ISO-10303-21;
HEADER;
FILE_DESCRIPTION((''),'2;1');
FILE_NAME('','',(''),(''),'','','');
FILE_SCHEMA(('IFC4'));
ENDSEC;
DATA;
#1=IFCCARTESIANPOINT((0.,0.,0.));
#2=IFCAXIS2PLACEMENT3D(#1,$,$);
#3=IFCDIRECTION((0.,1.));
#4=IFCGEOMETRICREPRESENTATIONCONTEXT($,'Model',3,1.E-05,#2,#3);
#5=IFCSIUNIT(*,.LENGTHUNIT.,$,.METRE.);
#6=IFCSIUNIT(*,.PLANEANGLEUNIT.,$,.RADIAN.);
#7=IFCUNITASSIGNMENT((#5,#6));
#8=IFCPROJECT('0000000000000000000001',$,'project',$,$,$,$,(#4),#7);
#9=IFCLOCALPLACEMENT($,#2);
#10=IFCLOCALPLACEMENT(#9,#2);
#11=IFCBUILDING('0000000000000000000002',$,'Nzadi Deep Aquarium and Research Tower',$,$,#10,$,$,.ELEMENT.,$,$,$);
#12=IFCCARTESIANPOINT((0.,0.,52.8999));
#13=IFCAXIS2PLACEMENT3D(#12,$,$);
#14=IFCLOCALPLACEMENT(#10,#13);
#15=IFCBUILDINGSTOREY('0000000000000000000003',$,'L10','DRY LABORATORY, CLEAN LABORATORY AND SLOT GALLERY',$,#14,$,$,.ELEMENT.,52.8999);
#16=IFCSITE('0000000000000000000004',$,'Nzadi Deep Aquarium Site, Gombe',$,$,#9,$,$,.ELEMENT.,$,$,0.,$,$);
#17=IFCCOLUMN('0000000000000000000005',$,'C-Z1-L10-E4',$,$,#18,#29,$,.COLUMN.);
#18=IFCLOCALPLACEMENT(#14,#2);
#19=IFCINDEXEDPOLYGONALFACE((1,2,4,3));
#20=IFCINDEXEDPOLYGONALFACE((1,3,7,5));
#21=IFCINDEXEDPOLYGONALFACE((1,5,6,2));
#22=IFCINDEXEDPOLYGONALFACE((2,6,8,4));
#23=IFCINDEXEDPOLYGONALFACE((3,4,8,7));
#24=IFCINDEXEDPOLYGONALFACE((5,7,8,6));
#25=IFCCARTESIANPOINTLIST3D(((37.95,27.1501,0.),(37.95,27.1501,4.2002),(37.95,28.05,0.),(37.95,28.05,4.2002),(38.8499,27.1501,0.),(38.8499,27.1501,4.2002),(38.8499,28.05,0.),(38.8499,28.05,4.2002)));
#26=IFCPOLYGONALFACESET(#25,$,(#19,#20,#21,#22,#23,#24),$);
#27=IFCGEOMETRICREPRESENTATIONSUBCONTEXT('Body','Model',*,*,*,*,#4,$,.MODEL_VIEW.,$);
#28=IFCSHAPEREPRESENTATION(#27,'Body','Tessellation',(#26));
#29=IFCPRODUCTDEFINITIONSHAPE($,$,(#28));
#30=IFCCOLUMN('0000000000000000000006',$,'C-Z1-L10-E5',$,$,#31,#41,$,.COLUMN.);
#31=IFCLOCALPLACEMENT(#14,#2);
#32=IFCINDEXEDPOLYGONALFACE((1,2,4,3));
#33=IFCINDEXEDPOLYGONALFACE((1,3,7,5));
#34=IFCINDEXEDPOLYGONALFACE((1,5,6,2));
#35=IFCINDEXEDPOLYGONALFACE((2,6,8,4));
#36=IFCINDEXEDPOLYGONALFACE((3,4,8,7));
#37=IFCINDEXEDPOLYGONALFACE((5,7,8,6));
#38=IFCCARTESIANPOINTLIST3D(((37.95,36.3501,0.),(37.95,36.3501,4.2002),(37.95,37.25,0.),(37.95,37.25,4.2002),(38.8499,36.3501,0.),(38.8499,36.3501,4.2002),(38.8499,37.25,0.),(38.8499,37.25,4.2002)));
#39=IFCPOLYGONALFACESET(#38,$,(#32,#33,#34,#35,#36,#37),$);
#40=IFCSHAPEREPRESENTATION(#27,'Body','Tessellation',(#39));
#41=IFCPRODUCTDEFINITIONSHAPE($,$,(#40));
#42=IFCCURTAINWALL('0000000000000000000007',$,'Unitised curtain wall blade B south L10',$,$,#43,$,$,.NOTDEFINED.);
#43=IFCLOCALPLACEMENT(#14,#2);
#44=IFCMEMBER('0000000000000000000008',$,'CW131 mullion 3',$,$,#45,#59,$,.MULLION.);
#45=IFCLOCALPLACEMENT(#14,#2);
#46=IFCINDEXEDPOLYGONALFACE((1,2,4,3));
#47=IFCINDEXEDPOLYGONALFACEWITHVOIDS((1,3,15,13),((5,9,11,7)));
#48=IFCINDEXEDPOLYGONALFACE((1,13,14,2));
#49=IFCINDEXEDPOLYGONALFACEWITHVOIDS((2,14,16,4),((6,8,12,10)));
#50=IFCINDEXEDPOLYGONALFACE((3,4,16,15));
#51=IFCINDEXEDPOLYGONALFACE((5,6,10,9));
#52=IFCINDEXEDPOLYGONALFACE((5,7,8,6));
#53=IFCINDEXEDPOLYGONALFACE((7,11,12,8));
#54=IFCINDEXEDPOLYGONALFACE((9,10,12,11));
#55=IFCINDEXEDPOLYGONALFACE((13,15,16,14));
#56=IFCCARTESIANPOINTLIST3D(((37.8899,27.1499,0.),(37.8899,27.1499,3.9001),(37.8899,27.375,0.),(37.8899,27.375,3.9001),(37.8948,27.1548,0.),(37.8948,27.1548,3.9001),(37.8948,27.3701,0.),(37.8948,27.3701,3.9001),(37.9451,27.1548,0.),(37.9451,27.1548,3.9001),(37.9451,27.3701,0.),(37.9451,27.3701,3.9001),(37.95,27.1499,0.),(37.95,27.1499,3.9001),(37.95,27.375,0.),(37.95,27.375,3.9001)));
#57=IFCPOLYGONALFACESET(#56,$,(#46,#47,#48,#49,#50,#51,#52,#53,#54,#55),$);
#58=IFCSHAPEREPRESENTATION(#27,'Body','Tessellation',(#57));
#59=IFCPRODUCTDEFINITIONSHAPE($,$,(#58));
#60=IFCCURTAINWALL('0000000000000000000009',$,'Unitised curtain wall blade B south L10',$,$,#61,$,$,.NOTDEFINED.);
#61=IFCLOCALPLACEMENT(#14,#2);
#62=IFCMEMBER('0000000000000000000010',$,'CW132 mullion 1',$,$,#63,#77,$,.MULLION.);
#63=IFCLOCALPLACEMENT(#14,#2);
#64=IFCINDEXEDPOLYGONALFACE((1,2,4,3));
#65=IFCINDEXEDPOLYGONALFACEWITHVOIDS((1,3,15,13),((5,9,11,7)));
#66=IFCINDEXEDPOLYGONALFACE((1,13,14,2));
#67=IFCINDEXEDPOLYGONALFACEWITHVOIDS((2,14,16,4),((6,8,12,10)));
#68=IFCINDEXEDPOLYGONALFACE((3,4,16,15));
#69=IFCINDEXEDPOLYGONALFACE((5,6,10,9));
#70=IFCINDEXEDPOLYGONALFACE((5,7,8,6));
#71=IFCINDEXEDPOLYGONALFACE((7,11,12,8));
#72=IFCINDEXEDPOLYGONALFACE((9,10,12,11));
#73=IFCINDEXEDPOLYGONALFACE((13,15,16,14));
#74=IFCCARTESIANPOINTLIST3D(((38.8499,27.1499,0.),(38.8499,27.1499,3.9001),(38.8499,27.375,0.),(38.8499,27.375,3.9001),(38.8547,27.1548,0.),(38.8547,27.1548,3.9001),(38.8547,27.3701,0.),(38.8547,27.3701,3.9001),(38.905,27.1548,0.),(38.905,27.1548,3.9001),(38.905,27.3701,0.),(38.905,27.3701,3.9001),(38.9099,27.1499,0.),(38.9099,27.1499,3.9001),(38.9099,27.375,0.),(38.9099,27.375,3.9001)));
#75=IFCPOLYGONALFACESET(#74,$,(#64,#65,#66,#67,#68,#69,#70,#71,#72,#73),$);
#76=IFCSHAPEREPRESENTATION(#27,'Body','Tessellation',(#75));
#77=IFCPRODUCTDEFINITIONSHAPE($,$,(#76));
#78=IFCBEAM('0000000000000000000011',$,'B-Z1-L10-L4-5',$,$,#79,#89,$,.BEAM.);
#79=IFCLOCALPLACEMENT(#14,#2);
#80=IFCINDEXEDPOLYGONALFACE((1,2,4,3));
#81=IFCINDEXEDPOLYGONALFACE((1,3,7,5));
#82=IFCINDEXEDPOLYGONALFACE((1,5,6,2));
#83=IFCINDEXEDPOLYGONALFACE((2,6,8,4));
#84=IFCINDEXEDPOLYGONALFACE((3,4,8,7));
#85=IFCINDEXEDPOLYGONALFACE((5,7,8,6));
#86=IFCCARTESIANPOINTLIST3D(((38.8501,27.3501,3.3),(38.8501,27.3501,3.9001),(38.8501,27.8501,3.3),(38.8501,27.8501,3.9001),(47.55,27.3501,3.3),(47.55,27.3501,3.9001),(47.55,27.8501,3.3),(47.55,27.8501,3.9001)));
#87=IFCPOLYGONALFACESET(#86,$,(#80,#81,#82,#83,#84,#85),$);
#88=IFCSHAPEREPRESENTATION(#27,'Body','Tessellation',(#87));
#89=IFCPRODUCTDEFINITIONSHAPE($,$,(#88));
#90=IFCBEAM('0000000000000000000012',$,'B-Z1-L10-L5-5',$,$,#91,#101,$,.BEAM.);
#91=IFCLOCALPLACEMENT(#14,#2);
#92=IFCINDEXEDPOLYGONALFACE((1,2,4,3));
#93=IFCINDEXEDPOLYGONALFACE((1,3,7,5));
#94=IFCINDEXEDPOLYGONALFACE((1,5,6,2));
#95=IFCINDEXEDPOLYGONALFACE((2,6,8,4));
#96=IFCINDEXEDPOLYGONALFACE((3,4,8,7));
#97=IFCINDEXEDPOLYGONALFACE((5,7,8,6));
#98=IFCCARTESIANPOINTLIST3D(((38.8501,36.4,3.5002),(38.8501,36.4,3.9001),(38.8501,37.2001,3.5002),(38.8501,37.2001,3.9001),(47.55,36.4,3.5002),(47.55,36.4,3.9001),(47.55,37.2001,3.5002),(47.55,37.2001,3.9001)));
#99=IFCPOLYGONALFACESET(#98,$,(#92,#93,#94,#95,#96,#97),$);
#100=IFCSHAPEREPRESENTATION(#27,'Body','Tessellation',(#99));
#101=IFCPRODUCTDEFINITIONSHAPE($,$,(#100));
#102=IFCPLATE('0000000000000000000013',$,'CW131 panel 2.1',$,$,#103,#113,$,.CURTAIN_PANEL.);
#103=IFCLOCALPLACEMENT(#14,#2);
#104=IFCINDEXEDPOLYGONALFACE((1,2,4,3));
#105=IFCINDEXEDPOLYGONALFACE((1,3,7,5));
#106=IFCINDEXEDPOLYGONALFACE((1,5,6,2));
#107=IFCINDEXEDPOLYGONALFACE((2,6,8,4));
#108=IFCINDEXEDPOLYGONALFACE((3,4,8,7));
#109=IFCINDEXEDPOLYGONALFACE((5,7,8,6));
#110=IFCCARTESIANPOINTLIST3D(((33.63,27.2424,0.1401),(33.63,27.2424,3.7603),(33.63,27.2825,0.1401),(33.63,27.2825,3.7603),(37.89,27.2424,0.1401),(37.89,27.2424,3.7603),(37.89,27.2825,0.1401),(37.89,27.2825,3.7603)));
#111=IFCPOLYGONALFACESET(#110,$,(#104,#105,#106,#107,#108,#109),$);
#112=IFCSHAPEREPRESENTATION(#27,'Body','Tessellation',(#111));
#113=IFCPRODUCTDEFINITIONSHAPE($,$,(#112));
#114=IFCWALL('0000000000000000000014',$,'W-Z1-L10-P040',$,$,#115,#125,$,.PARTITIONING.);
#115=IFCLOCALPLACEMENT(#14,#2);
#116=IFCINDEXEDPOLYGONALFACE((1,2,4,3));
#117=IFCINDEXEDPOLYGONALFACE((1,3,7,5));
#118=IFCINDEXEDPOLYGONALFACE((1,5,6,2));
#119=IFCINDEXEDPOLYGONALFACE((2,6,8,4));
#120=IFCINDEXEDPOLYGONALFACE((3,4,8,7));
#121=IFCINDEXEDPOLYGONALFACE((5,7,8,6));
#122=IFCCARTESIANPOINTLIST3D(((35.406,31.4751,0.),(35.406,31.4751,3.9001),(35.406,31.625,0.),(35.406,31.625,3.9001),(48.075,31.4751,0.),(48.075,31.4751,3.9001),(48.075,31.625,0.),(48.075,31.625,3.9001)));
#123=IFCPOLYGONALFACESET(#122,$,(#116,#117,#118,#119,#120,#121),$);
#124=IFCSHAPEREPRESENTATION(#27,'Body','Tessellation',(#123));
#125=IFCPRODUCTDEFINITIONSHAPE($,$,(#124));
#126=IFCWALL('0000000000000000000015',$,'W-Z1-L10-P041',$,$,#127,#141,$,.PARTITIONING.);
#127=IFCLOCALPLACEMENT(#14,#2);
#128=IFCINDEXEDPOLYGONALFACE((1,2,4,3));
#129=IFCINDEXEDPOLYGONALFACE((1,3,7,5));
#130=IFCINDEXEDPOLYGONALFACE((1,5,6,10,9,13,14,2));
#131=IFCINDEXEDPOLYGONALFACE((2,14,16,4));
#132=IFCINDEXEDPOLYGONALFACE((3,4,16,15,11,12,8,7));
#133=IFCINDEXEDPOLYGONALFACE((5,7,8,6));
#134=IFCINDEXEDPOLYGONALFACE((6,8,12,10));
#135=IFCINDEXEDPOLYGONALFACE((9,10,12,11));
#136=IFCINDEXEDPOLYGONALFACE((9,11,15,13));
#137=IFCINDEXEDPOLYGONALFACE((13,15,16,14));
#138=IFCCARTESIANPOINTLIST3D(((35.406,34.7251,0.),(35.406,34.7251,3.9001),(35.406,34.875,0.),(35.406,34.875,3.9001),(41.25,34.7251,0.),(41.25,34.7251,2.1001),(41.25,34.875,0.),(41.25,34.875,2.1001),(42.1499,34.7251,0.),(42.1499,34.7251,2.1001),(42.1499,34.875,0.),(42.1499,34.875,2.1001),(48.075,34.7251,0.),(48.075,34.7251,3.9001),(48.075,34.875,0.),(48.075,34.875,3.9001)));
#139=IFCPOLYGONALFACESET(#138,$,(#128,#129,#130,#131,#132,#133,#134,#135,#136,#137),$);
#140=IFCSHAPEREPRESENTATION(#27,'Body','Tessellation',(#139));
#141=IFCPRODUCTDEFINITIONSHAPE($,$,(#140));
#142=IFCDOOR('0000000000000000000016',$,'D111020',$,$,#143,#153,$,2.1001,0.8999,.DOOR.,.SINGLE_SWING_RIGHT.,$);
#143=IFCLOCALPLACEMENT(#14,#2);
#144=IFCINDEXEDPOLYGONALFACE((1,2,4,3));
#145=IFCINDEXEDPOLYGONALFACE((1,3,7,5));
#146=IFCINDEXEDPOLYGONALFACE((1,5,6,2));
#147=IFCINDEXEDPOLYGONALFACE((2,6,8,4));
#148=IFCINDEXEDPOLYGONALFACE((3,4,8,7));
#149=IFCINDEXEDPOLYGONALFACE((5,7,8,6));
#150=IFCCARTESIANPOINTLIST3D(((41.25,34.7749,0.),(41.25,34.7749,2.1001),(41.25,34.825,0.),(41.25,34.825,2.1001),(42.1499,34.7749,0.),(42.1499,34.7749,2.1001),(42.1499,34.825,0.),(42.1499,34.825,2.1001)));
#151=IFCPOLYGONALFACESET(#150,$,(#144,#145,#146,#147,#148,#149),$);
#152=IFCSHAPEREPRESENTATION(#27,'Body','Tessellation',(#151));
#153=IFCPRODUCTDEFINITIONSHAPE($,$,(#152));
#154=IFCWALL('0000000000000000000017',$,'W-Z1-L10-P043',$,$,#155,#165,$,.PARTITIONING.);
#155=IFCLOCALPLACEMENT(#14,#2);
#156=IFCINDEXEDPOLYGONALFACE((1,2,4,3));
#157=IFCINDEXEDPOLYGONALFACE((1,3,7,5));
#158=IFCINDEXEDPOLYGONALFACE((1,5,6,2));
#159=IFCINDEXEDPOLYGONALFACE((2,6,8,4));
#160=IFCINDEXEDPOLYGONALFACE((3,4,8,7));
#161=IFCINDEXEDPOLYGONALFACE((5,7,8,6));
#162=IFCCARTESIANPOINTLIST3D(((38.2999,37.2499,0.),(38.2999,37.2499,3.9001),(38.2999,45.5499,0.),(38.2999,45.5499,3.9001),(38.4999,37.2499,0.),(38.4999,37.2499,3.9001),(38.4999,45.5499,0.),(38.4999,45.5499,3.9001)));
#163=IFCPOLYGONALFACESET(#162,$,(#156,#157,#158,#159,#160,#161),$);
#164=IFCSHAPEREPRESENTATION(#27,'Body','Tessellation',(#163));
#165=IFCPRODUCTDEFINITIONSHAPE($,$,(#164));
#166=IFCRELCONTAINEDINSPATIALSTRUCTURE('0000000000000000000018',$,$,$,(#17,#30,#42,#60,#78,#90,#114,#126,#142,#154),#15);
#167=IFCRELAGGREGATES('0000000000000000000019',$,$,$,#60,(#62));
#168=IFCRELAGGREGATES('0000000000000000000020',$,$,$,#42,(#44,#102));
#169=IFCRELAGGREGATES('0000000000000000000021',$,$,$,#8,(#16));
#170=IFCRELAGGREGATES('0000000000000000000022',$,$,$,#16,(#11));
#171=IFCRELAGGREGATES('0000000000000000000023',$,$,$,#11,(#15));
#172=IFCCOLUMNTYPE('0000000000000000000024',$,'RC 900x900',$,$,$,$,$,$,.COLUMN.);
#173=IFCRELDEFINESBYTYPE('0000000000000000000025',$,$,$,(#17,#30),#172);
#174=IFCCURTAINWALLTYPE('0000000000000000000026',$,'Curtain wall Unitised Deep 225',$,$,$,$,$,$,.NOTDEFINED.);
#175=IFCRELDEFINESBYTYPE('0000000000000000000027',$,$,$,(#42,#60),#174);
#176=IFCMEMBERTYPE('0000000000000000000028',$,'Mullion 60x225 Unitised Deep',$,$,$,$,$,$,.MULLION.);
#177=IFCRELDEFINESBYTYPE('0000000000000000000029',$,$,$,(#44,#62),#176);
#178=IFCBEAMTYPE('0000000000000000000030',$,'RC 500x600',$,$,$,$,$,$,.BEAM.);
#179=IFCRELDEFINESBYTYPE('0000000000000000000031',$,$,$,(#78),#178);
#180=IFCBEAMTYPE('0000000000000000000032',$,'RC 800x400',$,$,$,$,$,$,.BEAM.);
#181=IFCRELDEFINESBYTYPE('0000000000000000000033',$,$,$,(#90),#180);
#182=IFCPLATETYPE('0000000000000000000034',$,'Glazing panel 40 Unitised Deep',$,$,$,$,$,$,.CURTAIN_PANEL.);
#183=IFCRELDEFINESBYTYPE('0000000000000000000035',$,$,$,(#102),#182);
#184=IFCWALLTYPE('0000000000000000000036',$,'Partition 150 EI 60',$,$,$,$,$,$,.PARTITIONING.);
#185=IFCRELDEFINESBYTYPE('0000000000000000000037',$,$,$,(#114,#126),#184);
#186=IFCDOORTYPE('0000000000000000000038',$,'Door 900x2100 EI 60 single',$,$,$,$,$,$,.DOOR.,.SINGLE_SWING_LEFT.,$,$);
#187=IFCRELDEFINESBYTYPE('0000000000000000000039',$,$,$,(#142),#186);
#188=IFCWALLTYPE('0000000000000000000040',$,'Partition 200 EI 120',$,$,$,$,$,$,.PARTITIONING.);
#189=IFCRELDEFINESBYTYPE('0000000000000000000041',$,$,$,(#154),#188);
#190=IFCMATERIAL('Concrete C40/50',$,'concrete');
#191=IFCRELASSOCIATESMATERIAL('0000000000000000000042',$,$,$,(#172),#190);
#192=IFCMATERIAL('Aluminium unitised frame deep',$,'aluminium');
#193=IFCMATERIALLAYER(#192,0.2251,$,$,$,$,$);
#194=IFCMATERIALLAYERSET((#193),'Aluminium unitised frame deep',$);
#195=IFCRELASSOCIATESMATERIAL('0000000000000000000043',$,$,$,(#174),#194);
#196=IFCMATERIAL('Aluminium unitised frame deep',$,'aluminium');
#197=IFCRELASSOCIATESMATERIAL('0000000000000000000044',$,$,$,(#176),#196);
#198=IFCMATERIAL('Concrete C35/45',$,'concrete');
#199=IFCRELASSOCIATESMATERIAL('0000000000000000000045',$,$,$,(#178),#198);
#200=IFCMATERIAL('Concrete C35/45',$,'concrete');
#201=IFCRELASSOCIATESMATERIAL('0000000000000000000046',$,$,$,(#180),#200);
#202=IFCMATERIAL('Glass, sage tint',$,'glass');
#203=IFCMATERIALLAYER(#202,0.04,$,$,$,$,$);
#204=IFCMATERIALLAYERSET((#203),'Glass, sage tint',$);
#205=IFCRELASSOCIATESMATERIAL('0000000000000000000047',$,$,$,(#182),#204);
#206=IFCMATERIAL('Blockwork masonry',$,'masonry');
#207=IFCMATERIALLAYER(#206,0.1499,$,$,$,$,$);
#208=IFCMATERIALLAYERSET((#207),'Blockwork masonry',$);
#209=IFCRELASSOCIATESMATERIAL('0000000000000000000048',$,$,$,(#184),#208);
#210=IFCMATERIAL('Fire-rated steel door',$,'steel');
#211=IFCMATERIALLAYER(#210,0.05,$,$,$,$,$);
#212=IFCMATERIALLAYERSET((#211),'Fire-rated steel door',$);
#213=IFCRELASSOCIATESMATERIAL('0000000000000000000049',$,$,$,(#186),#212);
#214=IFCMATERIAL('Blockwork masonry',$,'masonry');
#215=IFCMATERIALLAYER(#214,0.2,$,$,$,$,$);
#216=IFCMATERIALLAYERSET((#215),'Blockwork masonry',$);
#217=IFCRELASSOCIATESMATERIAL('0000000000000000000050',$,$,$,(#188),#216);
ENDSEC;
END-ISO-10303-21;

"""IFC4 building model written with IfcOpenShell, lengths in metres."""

from ifc_helpers import new_model, si_unit, direction, frame, frame_2d, origin, origin_2d, place, context, subcontext, project, spatial, rectangle, hollow_rectangle, extrude, material, layer, layer_set, material_profile, profile_set, type_object, element, fill, aggregate, save


model = new_model("IFC4")

# Units and contexts
model_context = context("Model", 3, precision=1e-05, world=origin(), true_north=direction((0.0, 1.0)))
body_context = subcontext(model_context, "Body", "Model", "MODEL_VIEW")
ifc_project = project(units=[si_unit("LENGTHUNIT", "METRE"), si_unit("PLANEANGLEUNIT", "RADIAN")], contexts=[model_context])

# Site, building, storey
site_placement = place(None, origin())
site = spatial("IfcSite", under=ifc_project, at=site_placement, Name="Nzadi Deep Aquarium Site, Gombe", CompositionType="ELEMENT", RefElevation=0.0)
building_placement = place(site_placement, origin())
building = spatial("IfcBuilding", under=site, at=building_placement, Name="Nzadi Deep Aquarium and Research Tower", CompositionType="ELEMENT")
storey_placement = place(building_placement, frame((0.0, 0.0, 52.8999)))
storey = spatial("IfcBuildingStorey", under=building, at=storey_placement, Name="L10", Description="DRY LABORATORY, CLEAN LABORATORY AND SLOT GALLERY", CompositionType="ELEMENT", Elevation=52.8999)

# Columns
ifc_material_1 = material(Name="Concrete C40/50", Category="concrete")
ifc_material_profile_1 = material_profile(ifc_material_1, rectangle(XDim=0.8999, YDim=0.8999, at=origin_2d()))
ifc_profile_set_1 = profile_set([ifc_material_profile_1], Name="Concrete C40/50")
column_type = type_object("IfcColumnType", Name="RC 900x900", PredefinedType="COLUMN", material=ifc_profile_set_1)
for number, where, z_axis, x_axis, name in (
    (1, (38.3999, 27.6001, 0.0), (0.0, 0.0, 1.0), (1.0, 0.0, 0.0), "C-Z1-L10-E4"),
    (2, (38.3999, 36.8, 0.0), (0.0, 0.0, 1.0), (1.0, 0.0, 0.0), "C-Z1-L10-E5"),
):
    element("IfcColumn", number, at=place(storey_placement, frame(where, z_axis=z_axis, x_axis=x_axis)), inside=storey, type_object=column_type, Name=name, PredefinedType="COLUMN", context=body_context, shape_type="SweptSolid", body=[
        extrude(rectangle(XDim=0.8999, YDim=0.8999, at=origin_2d()), origin(), (0.0, 0.0, 1.0), 4.2002),
    ])

# Curtain walls, members
ifc_material_2 = material(Name="Aluminium unitised frame deep", Category="aluminium")
ifc_layer_1 = layer(ifc_material_2, 0.2251)
ifc_layer_set_1 = layer_set([ifc_layer_1], Name="Aluminium unitised frame deep")
curtain_wall_type = type_object("IfcCurtainWallType", Name="Curtain wall Unitised Deep 225", PredefinedType="NOTDEFINED", material=ifc_layer_set_1)
curtain_wall_1_placement = place(storey_placement, origin())
curtain_wall_1 = element("IfcCurtainWall", 3, at=curtain_wall_1_placement, inside=storey, type_object=curtain_wall_type, Name="Unitised curtain wall blade B south L10", PredefinedType="NOTDEFINED")
ifc_material_3 = material(Name="Aluminium unitised frame deep", Category="aluminium")
ifc_material_profile_2 = material_profile(ifc_material_3, hollow_rectangle(XDim=0.2251, YDim=0.0601, WallThickness=0.0049, at=origin_2d()))
ifc_profile_set_2 = profile_set([ifc_material_profile_2], Name="Aluminium unitised frame deep")
member_type = type_object("IfcMemberType", Name="Mullion 60x225 Unitised Deep", PredefinedType="MULLION", material=ifc_profile_set_2)
member_1_placement = place(storey_placement, frame((37.9199, 27.2625, 0.0), z_axis=(0.0, 0.0, 1.0), x_axis=(0.0, 1.0, 0.0)))
member_1 = element("IfcMember", 4, at=member_1_placement, type_object=member_type, Name="CW131 mullion 3", PredefinedType="MULLION", context=body_context, shape_type="SweptSolid", body=[
    extrude(hollow_rectangle(XDim=0.2251, YDim=0.0601, WallThickness=0.0049, at=origin_2d()), origin(), (0.0, 0.0, 1.0), 3.9001),
])
curtain_wall_2_placement = place(storey_placement, origin())
curtain_wall_2 = element("IfcCurtainWall", 5, at=curtain_wall_2_placement, inside=storey, type_object=curtain_wall_type, Name="Unitised curtain wall blade B south L10", PredefinedType="NOTDEFINED")
member_2_placement = place(storey_placement, frame((38.8799, 27.2625, 0.0), z_axis=(0.0, 0.0, 1.0), x_axis=(0.0, 1.0, 0.0)))
member_2 = element("IfcMember", 6, at=member_2_placement, type_object=member_type, Name="CW132 mullion 1", PredefinedType="MULLION", context=body_context, shape_type="SweptSolid", body=[
    extrude(hollow_rectangle(XDim=0.2251, YDim=0.0601, WallThickness=0.0049, at=origin_2d()), origin(), (0.0, 0.0, 1.0), 3.9001),
])
aggregate(curtain_wall_2, [member_2])

# Beams
ifc_material_4 = material(Name="Concrete C35/45", Category="concrete")
ifc_material_profile_3 = material_profile(ifc_material_4, rectangle(XDim=0.5, YDim=0.6001, at=origin_2d()))
ifc_profile_set_3 = profile_set([ifc_material_profile_3], Name="Concrete C35/45")
beam_type_1 = type_object("IfcBeamType", Name="RC 500x600", PredefinedType="BEAM", material=ifc_profile_set_3)
beam_1_placement = place(storey_placement, frame((38.8501, 27.6001, 3.6001), z_axis=(1.0, 0.0, 0.0), x_axis=(0.0, 1.0, 0.0)))
element("IfcBeam", 7, at=beam_1_placement, inside=storey, type_object=beam_type_1, Name="B-Z1-L10-L4-5", PredefinedType="BEAM", context=body_context, shape_type="SweptSolid", body=[
    extrude(rectangle(XDim=0.5, YDim=0.6001, at=origin_2d()), origin(), (0.0, 0.0, 1.0), 8.7),
])
ifc_material_5 = material(Name="Concrete C35/45", Category="concrete")
ifc_material_profile_4 = material_profile(ifc_material_5, rectangle(XDim=0.8, YDim=0.3999, at=origin_2d()))
ifc_profile_set_4 = profile_set([ifc_material_profile_4], Name="Concrete C35/45")
beam_type_2 = type_object("IfcBeamType", Name="RC 800x400", PredefinedType="BEAM", material=ifc_profile_set_4)
beam_2_placement = place(storey_placement, frame((38.8501, 36.8, 3.7002), z_axis=(1.0, 0.0, 0.0), x_axis=(0.0, 1.0, 0.0)))
element("IfcBeam", 8, at=beam_2_placement, inside=storey, type_object=beam_type_2, Name="B-Z1-L10-L5-5", PredefinedType="BEAM", context=body_context, shape_type="SweptSolid", body=[
    extrude(rectangle(XDim=0.8, YDim=0.3999, at=origin_2d()), origin(), (0.0, 0.0, 1.0), 8.7),
])

# Plate
ifc_material_6 = material(Name="Glass, sage tint", Category="glass")
ifc_layer_2 = layer(ifc_material_6, 0.04)
ifc_layer_set_2 = layer_set([ifc_layer_2], Name="Glass, sage tint")
plate_type = type_object("IfcPlateType", Name="Glazing panel 40 Unitised Deep", PredefinedType="CURTAIN_PANEL", material=ifc_layer_set_2)
plate_placement = place(storey_placement, frame((35.76, 27.2625, 0.1401), z_axis=(0.0, 0.0, 1.0), x_axis=(1.0, 0.0, 0.0)))
plate = element("IfcPlate", 9, at=plate_placement, type_object=plate_type, Name="CW131 panel 2.1", PredefinedType="CURTAIN_PANEL", context=body_context, shape_type="SweptSolid", body=[
    extrude(rectangle(XDim=4.26, YDim=0.04, at=origin_2d()), origin(), (0.0, 0.0, 1.0), 3.6201),
])
aggregate(curtain_wall_1, [member_1, plate])

# Wall
ifc_material_7 = material(Name="Blockwork masonry", Category="masonry")
ifc_layer_3 = layer(ifc_material_7, 0.1499)
ifc_layer_set_3 = layer_set([ifc_layer_3], Name="Blockwork masonry")
wall_type_1 = type_object("IfcWallType", Name="Partition 150 EI 60", PredefinedType="PARTITIONING", material=ifc_layer_set_3)
wall_1_placement = place(storey_placement, frame((35.406, 31.55, 0.0), z_axis=(0.0, 0.0, 1.0), x_axis=(1.0, 0.0, 0.0)))
element("IfcWall", 10, at=wall_1_placement, inside=storey, type_object=wall_type_1, Name="W-Z1-L10-P040", PredefinedType="PARTITIONING", context=body_context, shape_type="SweptSolid", body=[
    extrude(rectangle(XDim=12.6689, YDim=0.1499, at=frame_2d((6.3345, 0.0))), origin(), (0.0, 0.0, 1.0), 3.9001),
])

# Wall, opening, door
wall_2_placement = place(storey_placement, frame((35.406, 34.8, 0.0), z_axis=(0.0, 0.0, 1.0), x_axis=(1.0, 0.0, 0.0)))
wall_2 = element("IfcWall", 11, at=wall_2_placement, inside=storey, type_object=wall_type_1, Name="W-Z1-L10-P041", PredefinedType="PARTITIONING", context=body_context, shape_type="SweptSolid", body=[
    extrude(rectangle(XDim=12.6689, YDim=0.1499, at=frame_2d((6.3345, 0.0))), origin(), (0.0, 0.0, 1.0), 3.9001),
])
opening_1_placement = place(wall_2_placement, frame((5.844, 0.0, 0.0)))
opening_1 = element("IfcOpeningElement", 12, at=opening_1_placement, cuts=wall_2, PredefinedType="OPENING", context=body_context, shape_type="SweptSolid", body=[
    extrude(rectangle(XDim=0.8999, YDim=2.1001, at=frame_2d((0.45, 1.05))), frame((0.0, 0.085, 0.0), z_axis=(0.0, -1.0, 0.0), x_axis=(1.0, 0.0, 0.0)), (0.0, 0.0, 1.0), 0.1699),
])
ifc_material_8 = material(Name="Fire-rated steel door", Category="steel")
ifc_layer_4 = layer(ifc_material_8, 0.05)
ifc_layer_set_4 = layer_set([ifc_layer_4], Name="Fire-rated steel door")
door_type_1 = type_object("IfcDoorType", Name="Door 900x2100 EI 60 single", OperationType="SINGLE_SWING_LEFT", PredefinedType="DOOR", material=ifc_layer_set_4)
door_1_placement = place(opening_1_placement, origin())
door_1 = element("IfcDoor", 13, at=door_1_placement, inside=storey, type_object=door_type_1, Name="D111020", OperationType="SINGLE_SWING_RIGHT", OverallHeight=2.1001, OverallWidth=0.8999, PredefinedType="DOOR", context=body_context, shape_type="SweptSolid", body=[
    extrude(rectangle(XDim=0.8999, YDim=2.1001, at=frame_2d((0.45, 1.05))), frame((0.0, 0.0249, 0.0), z_axis=(0.0, -1.0, 0.0), x_axis=(1.0, 0.0, 0.0)), (0.0, 0.0, 1.0), 0.05),
])
fill(opening_1, door_1)

# Wall
ifc_material_9 = material(Name="Blockwork masonry", Category="masonry")
ifc_layer_5 = layer(ifc_material_9, 0.2)
ifc_layer_set_5 = layer_set([ifc_layer_5], Name="Blockwork masonry")
wall_type_2 = type_object("IfcWallType", Name="Partition 200 EI 120", PredefinedType="PARTITIONING", material=ifc_layer_set_5)
wall_3_placement = place(storey_placement, frame((38.3999, 37.25, 0.0), z_axis=(0.0, 0.0, 1.0), x_axis=(0.0, 1.0, 0.0)))
element("IfcWall", 14, at=wall_3_placement, inside=storey, type_object=wall_type_2, Name="W-Z1-L10-P043", PredefinedType="PARTITIONING", context=body_context, shape_type="SweptSolid", body=[
    extrude(rectangle(XDim=8.3, YDim=0.2, at=frame_2d((4.1499, 0.0))), origin(), (0.0, 0.0, 1.0), 3.9001),
])

save(model, "model.ifc")
